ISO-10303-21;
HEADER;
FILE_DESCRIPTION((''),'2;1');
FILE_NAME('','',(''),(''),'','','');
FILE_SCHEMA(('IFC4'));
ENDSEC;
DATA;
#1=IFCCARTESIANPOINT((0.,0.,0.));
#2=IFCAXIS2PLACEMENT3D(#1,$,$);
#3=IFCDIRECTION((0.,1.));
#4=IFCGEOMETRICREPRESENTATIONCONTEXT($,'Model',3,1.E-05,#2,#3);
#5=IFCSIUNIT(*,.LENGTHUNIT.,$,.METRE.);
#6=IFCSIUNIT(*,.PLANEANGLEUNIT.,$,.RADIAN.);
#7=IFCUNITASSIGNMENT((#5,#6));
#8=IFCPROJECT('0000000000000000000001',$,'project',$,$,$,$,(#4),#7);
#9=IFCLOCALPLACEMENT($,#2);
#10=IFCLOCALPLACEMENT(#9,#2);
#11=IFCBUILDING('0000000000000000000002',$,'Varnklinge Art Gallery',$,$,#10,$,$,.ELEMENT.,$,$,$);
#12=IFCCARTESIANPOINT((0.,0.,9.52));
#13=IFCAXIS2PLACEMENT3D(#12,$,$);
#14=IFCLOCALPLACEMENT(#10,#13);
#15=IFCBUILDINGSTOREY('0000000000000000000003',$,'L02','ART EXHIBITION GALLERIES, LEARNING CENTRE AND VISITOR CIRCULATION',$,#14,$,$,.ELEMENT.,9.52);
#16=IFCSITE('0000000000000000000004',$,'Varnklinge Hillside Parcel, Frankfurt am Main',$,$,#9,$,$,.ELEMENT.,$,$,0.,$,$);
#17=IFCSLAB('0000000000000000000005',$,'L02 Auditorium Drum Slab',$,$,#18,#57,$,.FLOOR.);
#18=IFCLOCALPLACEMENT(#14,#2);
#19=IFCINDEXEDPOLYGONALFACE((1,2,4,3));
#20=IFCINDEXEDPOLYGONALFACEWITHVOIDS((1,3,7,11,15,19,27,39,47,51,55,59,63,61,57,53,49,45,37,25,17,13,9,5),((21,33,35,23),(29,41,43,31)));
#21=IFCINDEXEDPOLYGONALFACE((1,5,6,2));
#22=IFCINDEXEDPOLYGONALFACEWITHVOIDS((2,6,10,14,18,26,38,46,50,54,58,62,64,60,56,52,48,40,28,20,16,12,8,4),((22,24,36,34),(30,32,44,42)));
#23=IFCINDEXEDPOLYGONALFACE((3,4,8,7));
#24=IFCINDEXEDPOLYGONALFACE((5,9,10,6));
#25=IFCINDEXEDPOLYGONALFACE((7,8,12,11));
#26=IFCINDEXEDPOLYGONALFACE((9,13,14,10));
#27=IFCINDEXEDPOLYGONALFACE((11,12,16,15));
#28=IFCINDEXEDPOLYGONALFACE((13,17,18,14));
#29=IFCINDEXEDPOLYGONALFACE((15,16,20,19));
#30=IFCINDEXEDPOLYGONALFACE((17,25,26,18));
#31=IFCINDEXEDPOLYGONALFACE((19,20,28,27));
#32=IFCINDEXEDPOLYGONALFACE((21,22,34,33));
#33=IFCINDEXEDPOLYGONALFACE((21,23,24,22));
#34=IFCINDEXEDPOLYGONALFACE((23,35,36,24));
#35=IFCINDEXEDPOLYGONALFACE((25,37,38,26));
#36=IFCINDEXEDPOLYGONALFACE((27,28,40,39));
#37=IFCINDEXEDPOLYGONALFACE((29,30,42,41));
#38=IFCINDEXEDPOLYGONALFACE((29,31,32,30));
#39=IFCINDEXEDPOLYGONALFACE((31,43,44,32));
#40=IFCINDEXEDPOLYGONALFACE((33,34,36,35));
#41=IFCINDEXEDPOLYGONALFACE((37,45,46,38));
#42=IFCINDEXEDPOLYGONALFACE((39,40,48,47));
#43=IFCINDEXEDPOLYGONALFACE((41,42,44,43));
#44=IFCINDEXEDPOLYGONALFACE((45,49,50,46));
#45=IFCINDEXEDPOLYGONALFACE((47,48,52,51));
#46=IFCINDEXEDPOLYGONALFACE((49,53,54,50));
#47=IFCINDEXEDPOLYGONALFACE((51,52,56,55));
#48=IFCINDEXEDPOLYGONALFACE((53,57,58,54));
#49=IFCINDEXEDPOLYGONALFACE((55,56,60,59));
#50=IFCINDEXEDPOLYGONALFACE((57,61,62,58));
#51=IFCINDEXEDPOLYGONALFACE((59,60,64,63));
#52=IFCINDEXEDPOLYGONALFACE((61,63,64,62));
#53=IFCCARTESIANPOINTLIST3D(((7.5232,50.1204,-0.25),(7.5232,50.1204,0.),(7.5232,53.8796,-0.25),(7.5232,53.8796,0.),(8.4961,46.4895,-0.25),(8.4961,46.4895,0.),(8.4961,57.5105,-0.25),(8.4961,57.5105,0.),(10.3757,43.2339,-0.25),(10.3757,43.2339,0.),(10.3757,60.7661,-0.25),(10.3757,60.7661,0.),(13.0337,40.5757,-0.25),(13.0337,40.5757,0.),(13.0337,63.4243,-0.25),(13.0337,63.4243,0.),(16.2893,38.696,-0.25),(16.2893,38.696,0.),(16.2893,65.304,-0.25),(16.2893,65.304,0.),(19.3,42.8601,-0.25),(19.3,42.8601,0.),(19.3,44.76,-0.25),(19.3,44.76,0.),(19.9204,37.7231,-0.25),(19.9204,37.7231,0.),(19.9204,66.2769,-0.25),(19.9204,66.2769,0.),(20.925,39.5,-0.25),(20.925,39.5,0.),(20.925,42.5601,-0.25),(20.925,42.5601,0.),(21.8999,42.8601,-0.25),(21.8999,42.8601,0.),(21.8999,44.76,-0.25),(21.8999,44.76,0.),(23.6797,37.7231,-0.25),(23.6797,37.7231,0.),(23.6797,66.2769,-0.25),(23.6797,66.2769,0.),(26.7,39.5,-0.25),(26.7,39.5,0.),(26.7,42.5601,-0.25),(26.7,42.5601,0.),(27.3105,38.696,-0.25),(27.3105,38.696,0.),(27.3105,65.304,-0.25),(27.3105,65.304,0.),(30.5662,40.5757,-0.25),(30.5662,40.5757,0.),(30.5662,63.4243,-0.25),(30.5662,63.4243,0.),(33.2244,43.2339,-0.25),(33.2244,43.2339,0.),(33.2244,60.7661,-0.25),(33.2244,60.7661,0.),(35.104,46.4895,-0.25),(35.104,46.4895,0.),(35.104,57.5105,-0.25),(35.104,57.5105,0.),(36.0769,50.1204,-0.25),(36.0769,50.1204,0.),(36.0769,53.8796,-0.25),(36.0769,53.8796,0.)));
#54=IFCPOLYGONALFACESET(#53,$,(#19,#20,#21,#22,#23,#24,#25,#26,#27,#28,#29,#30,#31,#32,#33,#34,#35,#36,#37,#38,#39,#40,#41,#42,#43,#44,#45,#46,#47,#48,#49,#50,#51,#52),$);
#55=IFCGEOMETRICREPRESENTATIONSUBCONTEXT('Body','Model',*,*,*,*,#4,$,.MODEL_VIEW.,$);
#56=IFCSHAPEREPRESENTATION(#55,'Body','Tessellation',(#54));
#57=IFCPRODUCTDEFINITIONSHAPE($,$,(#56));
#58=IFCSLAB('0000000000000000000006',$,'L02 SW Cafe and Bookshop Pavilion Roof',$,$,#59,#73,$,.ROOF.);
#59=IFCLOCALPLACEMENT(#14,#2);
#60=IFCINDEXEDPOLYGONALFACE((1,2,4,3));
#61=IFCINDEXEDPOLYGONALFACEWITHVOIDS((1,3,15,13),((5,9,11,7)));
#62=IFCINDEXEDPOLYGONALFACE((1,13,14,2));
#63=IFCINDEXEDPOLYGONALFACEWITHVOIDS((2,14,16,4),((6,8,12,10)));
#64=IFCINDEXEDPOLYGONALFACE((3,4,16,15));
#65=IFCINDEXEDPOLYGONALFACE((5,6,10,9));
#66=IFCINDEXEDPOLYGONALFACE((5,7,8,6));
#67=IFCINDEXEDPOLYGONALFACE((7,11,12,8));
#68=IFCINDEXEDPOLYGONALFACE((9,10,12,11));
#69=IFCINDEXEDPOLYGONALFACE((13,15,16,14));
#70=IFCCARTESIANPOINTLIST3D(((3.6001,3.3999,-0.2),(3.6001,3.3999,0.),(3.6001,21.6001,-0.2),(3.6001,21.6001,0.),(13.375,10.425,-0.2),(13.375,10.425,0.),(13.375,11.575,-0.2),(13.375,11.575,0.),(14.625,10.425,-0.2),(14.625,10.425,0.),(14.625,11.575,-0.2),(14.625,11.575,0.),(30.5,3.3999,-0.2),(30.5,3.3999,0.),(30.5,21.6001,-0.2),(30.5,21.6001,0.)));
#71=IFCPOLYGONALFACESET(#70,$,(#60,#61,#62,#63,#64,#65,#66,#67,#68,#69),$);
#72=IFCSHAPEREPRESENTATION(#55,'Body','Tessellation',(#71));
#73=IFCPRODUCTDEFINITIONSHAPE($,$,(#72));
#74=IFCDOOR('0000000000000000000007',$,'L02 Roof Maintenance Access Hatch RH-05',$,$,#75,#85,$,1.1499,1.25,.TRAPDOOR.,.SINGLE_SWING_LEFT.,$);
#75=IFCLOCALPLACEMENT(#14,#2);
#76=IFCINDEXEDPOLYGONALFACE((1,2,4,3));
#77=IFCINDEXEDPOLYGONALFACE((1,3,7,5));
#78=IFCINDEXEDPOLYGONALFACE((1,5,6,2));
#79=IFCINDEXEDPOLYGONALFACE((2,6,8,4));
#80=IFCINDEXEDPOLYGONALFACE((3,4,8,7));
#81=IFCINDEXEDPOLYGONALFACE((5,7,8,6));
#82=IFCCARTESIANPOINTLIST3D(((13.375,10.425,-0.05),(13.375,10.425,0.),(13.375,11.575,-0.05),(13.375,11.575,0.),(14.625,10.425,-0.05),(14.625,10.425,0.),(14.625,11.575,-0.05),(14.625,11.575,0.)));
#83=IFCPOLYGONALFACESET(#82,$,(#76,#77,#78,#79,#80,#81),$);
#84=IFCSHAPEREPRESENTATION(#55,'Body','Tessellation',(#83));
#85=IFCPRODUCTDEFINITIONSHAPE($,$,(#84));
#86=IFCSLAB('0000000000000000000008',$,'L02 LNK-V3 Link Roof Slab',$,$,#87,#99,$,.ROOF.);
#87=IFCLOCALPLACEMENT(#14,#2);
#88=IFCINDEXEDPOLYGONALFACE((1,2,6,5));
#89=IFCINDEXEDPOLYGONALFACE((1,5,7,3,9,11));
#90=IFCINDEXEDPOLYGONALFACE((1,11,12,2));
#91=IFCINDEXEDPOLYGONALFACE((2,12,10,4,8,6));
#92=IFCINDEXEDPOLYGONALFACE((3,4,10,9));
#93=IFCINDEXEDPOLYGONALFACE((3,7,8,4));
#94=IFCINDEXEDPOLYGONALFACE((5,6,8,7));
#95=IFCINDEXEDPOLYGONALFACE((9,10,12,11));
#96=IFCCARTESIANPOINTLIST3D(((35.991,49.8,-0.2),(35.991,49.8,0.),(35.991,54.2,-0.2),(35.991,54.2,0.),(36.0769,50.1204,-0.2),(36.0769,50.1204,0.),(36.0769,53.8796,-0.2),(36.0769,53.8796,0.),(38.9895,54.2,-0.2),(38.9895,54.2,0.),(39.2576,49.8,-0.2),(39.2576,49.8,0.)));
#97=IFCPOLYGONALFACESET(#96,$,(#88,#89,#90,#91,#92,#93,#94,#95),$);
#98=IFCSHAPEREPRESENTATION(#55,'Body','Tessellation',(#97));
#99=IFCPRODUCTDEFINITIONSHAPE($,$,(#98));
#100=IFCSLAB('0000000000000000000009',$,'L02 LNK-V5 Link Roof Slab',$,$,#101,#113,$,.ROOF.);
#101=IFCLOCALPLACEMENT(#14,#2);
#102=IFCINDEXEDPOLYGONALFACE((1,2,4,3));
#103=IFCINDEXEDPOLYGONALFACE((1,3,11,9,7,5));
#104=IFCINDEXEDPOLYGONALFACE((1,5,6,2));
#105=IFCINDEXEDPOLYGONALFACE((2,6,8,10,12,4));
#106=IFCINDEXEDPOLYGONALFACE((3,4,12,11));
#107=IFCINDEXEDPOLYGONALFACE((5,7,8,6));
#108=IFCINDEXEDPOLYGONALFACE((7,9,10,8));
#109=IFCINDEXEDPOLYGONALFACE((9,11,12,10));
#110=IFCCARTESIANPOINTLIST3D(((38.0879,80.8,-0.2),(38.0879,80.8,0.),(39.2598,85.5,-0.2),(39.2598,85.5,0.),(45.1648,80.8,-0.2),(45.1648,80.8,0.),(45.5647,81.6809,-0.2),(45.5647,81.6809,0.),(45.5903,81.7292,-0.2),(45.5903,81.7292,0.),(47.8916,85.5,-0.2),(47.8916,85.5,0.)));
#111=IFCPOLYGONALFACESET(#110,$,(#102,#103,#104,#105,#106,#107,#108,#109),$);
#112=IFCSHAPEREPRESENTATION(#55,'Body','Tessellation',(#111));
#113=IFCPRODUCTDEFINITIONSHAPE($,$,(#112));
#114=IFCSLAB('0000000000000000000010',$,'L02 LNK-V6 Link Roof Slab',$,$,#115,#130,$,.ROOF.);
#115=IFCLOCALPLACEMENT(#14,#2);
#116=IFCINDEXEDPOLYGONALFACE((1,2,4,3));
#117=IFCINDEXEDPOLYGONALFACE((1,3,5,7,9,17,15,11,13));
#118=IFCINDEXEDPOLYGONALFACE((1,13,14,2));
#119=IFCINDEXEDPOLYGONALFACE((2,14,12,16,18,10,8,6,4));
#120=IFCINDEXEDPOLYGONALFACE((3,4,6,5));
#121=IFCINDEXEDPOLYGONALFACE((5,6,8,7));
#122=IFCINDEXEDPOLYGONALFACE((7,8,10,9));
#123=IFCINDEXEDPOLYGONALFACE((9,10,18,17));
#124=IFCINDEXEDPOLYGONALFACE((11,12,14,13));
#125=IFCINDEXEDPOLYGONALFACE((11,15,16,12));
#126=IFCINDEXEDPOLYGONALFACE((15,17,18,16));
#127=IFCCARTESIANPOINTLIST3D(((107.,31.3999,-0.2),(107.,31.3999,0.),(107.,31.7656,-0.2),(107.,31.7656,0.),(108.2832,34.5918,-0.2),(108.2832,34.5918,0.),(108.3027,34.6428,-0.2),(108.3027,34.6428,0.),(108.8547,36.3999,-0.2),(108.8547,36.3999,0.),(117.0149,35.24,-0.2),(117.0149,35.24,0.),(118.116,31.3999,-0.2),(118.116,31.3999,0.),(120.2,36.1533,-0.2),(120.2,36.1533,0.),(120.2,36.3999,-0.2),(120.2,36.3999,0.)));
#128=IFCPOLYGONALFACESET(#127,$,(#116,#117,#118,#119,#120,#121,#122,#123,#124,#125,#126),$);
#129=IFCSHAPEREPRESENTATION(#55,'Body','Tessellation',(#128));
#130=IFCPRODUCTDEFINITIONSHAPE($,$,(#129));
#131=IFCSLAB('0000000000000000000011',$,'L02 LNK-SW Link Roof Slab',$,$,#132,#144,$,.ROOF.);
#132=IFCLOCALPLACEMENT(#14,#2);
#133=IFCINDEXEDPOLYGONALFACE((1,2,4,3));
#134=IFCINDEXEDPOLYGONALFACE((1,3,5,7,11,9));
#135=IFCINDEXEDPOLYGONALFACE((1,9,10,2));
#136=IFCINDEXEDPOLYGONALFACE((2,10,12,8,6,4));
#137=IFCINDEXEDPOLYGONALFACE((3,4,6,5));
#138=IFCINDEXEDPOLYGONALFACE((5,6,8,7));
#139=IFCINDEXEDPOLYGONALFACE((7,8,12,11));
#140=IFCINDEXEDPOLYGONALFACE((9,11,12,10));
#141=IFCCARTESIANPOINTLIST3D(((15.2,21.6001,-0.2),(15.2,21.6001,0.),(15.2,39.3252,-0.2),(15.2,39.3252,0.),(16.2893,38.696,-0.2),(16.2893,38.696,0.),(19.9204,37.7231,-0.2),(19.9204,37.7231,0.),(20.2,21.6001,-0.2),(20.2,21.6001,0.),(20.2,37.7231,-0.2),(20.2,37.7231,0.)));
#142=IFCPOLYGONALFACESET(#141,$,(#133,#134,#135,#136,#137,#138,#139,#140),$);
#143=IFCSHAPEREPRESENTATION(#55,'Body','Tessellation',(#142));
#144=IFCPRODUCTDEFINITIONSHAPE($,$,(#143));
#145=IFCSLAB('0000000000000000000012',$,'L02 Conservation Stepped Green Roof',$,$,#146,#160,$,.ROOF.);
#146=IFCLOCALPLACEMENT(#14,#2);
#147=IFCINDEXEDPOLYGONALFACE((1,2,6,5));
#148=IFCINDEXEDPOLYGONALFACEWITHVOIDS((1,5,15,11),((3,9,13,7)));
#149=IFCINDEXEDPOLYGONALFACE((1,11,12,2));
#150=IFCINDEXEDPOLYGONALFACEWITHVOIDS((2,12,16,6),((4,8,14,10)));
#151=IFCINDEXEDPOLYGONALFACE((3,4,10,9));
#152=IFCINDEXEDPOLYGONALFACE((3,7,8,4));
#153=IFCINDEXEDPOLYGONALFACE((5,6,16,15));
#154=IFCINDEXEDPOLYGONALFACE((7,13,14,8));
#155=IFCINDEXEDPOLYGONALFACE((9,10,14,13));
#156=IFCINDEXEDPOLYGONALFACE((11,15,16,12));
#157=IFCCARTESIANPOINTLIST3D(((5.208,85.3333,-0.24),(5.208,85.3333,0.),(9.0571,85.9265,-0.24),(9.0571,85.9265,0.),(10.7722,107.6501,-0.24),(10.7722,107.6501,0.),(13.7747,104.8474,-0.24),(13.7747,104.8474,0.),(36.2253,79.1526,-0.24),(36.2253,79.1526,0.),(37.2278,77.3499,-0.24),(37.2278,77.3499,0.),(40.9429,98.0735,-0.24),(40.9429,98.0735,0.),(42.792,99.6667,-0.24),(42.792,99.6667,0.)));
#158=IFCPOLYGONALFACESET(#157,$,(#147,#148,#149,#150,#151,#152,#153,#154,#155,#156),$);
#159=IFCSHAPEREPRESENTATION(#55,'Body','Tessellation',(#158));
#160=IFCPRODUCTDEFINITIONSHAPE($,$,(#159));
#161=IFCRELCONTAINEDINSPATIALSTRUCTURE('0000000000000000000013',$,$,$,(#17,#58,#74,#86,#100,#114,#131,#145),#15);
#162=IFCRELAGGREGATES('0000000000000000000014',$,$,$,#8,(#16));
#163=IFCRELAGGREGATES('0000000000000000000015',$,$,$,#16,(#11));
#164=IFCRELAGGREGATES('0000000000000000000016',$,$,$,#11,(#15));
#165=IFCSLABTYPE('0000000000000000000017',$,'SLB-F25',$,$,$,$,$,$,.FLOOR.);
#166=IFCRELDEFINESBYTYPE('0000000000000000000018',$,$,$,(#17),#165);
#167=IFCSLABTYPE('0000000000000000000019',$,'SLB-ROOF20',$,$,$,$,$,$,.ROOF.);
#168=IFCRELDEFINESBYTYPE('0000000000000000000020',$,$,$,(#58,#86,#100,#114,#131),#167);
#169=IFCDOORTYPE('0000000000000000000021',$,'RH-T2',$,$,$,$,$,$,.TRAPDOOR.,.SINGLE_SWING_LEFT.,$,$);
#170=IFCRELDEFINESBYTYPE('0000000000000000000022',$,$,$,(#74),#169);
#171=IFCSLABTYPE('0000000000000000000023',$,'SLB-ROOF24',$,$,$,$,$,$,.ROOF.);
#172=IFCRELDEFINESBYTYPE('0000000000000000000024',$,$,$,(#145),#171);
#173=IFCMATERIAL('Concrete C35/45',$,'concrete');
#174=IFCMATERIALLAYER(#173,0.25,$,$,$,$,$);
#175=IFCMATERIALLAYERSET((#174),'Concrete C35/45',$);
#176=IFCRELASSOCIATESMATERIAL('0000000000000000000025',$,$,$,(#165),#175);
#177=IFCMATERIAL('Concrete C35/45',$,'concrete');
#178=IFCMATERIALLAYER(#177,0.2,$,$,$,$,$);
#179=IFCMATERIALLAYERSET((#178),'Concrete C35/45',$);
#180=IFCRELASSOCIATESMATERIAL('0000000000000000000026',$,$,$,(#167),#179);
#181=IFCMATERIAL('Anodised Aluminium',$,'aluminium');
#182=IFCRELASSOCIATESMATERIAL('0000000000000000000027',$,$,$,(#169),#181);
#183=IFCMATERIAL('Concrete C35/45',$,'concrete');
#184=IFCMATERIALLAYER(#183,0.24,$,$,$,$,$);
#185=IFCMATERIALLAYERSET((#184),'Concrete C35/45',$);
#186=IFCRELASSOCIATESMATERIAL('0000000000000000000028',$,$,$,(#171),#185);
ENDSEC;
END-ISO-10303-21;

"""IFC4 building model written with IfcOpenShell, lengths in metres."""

from ifc_helpers import new_model, si_unit, direction, frame, origin, origin_2d, place, context, subcontext, project, spatial, polyline, rectangle, outline, extrude, material, layer, layer_set, type_object, element, fill, save


model = new_model("IFC4")

# Units and contexts
model_context = context("Model", 3, precision=1e-05, world=origin(), true_north=direction((0.0, 1.0)))
body_context = subcontext(model_context, "Body", "Model", "MODEL_VIEW")
ifc_project = project(units=[si_unit("LENGTHUNIT", "METRE"), si_unit("PLANEANGLEUNIT", "RADIAN")], contexts=[model_context])

# Site, building, storey
site_placement = place(None, origin())
site = spatial("IfcSite", under=ifc_project, at=site_placement, Name="Varnklinge Hillside Parcel, Frankfurt am Main", CompositionType="ELEMENT", RefElevation=0.0)
building_placement = place(site_placement, origin())
building = spatial("IfcBuilding", under=site, at=building_placement, Name="Varnklinge Art Gallery", CompositionType="ELEMENT")
storey_placement = place(building_placement, frame((0.0, 0.0, 9.52)))
storey = spatial("IfcBuildingStorey", under=building, at=storey_placement, Name="L02", Description="ART EXHIBITION GALLERIES, LEARNING CENTRE AND VISITOR CIRCULATION", CompositionType="ELEMENT", Elevation=9.52)

# Slab
ifc_material_1 = material(Name="Concrete C35/45", Category="concrete")
ifc_layer_1 = layer(ifc_material_1, 0.25)
ifc_layer_set_1 = layer_set([ifc_layer_1], Name="Concrete C35/45")
slab_type_1 = type_object("IfcSlabType", Name="SLB-F25", PredefinedType="FLOOR", material=ifc_layer_set_1)
slab_1_placement = place(storey_placement, frame((0.0, 0.0, -0.25)))
element("IfcSlab", 1, at=slab_1_placement, inside=storey, type_object=slab_type_1, Name="L02 Auditorium Drum Slab", PredefinedType="FLOOR", context=body_context, shape_type="SweptSolid", body=[
    extrude(outline(polyline([(36.0769, 50.1204), (36.0769, 53.8796), (35.104, 57.5105), (33.2244, 60.7661), (30.5662, 63.4243), (27.3105, 65.304), (23.6797, 66.2769), (19.9204, 66.2769), (16.2893, 65.304), (13.0337, 63.4243), (10.3757, 60.7661), (8.4961, 57.5105), (7.5232, 53.8796), (7.5232, 50.1204), (8.4961, 46.4895), (10.3757, 43.2339), (13.0337, 40.5757), (16.2893, 38.696), (19.9204, 37.7231), (23.6797, 37.7231), (27.3105, 38.696), (30.5662, 40.5757), (33.2244, 43.2339), (35.104, 46.4895), (36.0769, 50.1204)]), holes=[polyline([(20.925, 42.5601), (26.7, 42.5601), (26.7, 39.5), (20.925, 39.5), (20.925, 42.5601)]), polyline([(21.8999, 44.76), (21.8999, 42.8601), (19.3, 42.8601), (19.3, 44.76), (21.8999, 44.76)])]), origin(), (0.0, 0.0, 1.0), 0.25),
])

# Slab, opening, door
ifc_material_2 = material(Name="Concrete C35/45", Category="concrete")
ifc_layer_2 = layer(ifc_material_2, 0.2)
ifc_layer_set_2 = layer_set([ifc_layer_2], Name="Concrete C35/45")
slab_type_2 = type_object("IfcSlabType", Name="SLB-ROOF20", PredefinedType="ROOF", material=ifc_layer_set_2)
slab_2_placement = place(storey_placement, frame((0.0, 0.0, -0.2)))
slab_2 = element("IfcSlab", 2, at=slab_2_placement, inside=storey, type_object=slab_type_2, Name="L02 SW Cafe and Bookshop Pavilion Roof", PredefinedType="ROOF", context=body_context, shape_type="SweptSolid", body=[
    extrude(outline(polyline([(3.6001, 3.3999), (30.5, 3.3999), (30.5, 21.6001), (3.6001, 21.6001), (3.6001, 3.3999)]), holes=[polyline([(13.375, 10.425), (13.375, 11.575), (14.625, 11.575), (14.625, 10.425), (13.375, 10.425)])]), origin(), (0.0, 0.0, 1.0), 0.2),
])
opening_placement = place(slab_2_placement, frame((14.0, 11.0, 0.0)))
opening = element("IfcOpeningElement", 3, at=opening_placement, cuts=slab_2, PredefinedType="OPENING", context=body_context, shape_type="SweptSolid", body=[
    extrude(rectangle(XDim=1.25, YDim=1.1499, at=origin_2d()), origin(), (0.0, 0.0, 1.0), 0.2),
])
ifc_material_3 = material(Name="Anodised Aluminium", Category="aluminium")
door_type = type_object("IfcDoorType", Name="RH-T2", OperationType="SINGLE_SWING_LEFT", PredefinedType="TRAPDOOR", material=ifc_material_3)
door_placement = place(opening_placement, frame((0.0, 0.0, 0.1499)))
door = element("IfcDoor", 4, at=door_placement, inside=storey, type_object=door_type, Name="L02 Roof Maintenance Access Hatch RH-05", OperationType="SINGLE_SWING_LEFT", OverallHeight=1.1499, OverallWidth=1.25, PredefinedType="TRAPDOOR", context=body_context, shape_type="SweptSolid", body=[
    extrude(rectangle(XDim=1.25, YDim=1.1499, at=origin_2d()), origin(), (0.0, 0.0, 1.0), 0.05),
])
fill(opening, door)

# Slabs
slab_3_placement = place(storey_placement, frame((0.0, 0.0, -0.2)))
element("IfcSlab", 5, at=slab_3_placement, inside=storey, type_object=slab_type_2, Name="L02 LNK-V3 Link Roof Slab", PredefinedType="ROOF", context=body_context, shape_type="SweptSolid", body=[
    extrude(outline(polyline([(39.2576, 49.8), (38.9895, 54.2), (35.991, 54.2), (36.0769, 53.8796), (36.0769, 50.1204), (35.991, 49.8), (39.2576, 49.8)])), origin(), (0.0, 0.0, 1.0), 0.2),
])
slab_4_placement = place(storey_placement, frame((0.0, 0.0, -0.2)))
element("IfcSlab", 6, at=slab_4_placement, inside=storey, type_object=slab_type_2, Name="L02 LNK-V5 Link Roof Slab", PredefinedType="ROOF", context=body_context, shape_type="SweptSolid", body=[
    extrude(outline(polyline([(45.1648, 80.8), (45.5647, 81.6809), (45.5903, 81.7292), (47.8916, 85.5), (39.2598, 85.5), (38.0879, 80.8), (45.1648, 80.8)])), origin(), (0.0, 0.0, 1.0), 0.2),
])
slab_5_placement = place(storey_placement, frame((0.0, 0.0, -0.2)))
element("IfcSlab", 7, at=slab_5_placement, inside=storey, type_object=slab_type_2, Name="L02 LNK-V6 Link Roof Slab", PredefinedType="ROOF", context=body_context, shape_type="SweptSolid", body=[
    extrude(outline(polyline([(118.116, 31.3999), (117.0149, 35.24), (120.2, 36.1533), (120.2, 36.3999), (108.8547, 36.3999), (108.3027, 34.6428), (108.2832, 34.5918), (107.0, 31.7656), (107.0, 31.3999), (118.116, 31.3999)])), origin(), (0.0, 0.0, 1.0), 0.2),
])
slab_6_placement = place(storey_placement, frame((0.0, 0.0, -0.2)))
element("IfcSlab", 8, at=slab_6_placement, inside=storey, type_object=slab_type_2, Name="L02 LNK-SW Link Roof Slab", PredefinedType="ROOF", context=body_context, shape_type="SweptSolid", body=[
    extrude(outline(polyline([(20.2, 21.6001), (20.2, 37.7231), (19.9204, 37.7231), (16.2893, 38.696), (15.2, 39.3252), (15.2, 21.6001), (20.2, 21.6001)])), origin(), (0.0, 0.0, 1.0), 0.2),
])
ifc_material_4 = material(Name="Concrete C35/45", Category="concrete")
ifc_layer_3 = layer(ifc_material_4, 0.24)
ifc_layer_set_3 = layer_set([ifc_layer_3], Name="Concrete C35/45")
slab_type_3 = type_object("IfcSlabType", Name="SLB-ROOF24", PredefinedType="ROOF", material=ifc_layer_set_3)
slab_7_placement = place(storey_placement, frame((0.0, 0.0, -0.24)))
element("IfcSlab", 9, at=slab_7_placement, inside=storey, type_object=slab_type_3, Name="L02 Conservation Stepped Green Roof", PredefinedType="ROOF", context=body_context, shape_type="SweptSolid", body=[
    extrude(outline(polyline([(10.7722, 107.6501), (5.208, 85.3333), (37.2278, 77.3499), (42.792, 99.6667), (10.7722, 107.6501)]), holes=[polyline([(13.7747, 104.8474), (40.9429, 98.0735), (36.2253, 79.1526), (9.0571, 85.9265), (13.7747, 104.8474)])]), origin(), (0.0, 0.0, 1.0), 0.24),
])

save(model, "model.ifc")
